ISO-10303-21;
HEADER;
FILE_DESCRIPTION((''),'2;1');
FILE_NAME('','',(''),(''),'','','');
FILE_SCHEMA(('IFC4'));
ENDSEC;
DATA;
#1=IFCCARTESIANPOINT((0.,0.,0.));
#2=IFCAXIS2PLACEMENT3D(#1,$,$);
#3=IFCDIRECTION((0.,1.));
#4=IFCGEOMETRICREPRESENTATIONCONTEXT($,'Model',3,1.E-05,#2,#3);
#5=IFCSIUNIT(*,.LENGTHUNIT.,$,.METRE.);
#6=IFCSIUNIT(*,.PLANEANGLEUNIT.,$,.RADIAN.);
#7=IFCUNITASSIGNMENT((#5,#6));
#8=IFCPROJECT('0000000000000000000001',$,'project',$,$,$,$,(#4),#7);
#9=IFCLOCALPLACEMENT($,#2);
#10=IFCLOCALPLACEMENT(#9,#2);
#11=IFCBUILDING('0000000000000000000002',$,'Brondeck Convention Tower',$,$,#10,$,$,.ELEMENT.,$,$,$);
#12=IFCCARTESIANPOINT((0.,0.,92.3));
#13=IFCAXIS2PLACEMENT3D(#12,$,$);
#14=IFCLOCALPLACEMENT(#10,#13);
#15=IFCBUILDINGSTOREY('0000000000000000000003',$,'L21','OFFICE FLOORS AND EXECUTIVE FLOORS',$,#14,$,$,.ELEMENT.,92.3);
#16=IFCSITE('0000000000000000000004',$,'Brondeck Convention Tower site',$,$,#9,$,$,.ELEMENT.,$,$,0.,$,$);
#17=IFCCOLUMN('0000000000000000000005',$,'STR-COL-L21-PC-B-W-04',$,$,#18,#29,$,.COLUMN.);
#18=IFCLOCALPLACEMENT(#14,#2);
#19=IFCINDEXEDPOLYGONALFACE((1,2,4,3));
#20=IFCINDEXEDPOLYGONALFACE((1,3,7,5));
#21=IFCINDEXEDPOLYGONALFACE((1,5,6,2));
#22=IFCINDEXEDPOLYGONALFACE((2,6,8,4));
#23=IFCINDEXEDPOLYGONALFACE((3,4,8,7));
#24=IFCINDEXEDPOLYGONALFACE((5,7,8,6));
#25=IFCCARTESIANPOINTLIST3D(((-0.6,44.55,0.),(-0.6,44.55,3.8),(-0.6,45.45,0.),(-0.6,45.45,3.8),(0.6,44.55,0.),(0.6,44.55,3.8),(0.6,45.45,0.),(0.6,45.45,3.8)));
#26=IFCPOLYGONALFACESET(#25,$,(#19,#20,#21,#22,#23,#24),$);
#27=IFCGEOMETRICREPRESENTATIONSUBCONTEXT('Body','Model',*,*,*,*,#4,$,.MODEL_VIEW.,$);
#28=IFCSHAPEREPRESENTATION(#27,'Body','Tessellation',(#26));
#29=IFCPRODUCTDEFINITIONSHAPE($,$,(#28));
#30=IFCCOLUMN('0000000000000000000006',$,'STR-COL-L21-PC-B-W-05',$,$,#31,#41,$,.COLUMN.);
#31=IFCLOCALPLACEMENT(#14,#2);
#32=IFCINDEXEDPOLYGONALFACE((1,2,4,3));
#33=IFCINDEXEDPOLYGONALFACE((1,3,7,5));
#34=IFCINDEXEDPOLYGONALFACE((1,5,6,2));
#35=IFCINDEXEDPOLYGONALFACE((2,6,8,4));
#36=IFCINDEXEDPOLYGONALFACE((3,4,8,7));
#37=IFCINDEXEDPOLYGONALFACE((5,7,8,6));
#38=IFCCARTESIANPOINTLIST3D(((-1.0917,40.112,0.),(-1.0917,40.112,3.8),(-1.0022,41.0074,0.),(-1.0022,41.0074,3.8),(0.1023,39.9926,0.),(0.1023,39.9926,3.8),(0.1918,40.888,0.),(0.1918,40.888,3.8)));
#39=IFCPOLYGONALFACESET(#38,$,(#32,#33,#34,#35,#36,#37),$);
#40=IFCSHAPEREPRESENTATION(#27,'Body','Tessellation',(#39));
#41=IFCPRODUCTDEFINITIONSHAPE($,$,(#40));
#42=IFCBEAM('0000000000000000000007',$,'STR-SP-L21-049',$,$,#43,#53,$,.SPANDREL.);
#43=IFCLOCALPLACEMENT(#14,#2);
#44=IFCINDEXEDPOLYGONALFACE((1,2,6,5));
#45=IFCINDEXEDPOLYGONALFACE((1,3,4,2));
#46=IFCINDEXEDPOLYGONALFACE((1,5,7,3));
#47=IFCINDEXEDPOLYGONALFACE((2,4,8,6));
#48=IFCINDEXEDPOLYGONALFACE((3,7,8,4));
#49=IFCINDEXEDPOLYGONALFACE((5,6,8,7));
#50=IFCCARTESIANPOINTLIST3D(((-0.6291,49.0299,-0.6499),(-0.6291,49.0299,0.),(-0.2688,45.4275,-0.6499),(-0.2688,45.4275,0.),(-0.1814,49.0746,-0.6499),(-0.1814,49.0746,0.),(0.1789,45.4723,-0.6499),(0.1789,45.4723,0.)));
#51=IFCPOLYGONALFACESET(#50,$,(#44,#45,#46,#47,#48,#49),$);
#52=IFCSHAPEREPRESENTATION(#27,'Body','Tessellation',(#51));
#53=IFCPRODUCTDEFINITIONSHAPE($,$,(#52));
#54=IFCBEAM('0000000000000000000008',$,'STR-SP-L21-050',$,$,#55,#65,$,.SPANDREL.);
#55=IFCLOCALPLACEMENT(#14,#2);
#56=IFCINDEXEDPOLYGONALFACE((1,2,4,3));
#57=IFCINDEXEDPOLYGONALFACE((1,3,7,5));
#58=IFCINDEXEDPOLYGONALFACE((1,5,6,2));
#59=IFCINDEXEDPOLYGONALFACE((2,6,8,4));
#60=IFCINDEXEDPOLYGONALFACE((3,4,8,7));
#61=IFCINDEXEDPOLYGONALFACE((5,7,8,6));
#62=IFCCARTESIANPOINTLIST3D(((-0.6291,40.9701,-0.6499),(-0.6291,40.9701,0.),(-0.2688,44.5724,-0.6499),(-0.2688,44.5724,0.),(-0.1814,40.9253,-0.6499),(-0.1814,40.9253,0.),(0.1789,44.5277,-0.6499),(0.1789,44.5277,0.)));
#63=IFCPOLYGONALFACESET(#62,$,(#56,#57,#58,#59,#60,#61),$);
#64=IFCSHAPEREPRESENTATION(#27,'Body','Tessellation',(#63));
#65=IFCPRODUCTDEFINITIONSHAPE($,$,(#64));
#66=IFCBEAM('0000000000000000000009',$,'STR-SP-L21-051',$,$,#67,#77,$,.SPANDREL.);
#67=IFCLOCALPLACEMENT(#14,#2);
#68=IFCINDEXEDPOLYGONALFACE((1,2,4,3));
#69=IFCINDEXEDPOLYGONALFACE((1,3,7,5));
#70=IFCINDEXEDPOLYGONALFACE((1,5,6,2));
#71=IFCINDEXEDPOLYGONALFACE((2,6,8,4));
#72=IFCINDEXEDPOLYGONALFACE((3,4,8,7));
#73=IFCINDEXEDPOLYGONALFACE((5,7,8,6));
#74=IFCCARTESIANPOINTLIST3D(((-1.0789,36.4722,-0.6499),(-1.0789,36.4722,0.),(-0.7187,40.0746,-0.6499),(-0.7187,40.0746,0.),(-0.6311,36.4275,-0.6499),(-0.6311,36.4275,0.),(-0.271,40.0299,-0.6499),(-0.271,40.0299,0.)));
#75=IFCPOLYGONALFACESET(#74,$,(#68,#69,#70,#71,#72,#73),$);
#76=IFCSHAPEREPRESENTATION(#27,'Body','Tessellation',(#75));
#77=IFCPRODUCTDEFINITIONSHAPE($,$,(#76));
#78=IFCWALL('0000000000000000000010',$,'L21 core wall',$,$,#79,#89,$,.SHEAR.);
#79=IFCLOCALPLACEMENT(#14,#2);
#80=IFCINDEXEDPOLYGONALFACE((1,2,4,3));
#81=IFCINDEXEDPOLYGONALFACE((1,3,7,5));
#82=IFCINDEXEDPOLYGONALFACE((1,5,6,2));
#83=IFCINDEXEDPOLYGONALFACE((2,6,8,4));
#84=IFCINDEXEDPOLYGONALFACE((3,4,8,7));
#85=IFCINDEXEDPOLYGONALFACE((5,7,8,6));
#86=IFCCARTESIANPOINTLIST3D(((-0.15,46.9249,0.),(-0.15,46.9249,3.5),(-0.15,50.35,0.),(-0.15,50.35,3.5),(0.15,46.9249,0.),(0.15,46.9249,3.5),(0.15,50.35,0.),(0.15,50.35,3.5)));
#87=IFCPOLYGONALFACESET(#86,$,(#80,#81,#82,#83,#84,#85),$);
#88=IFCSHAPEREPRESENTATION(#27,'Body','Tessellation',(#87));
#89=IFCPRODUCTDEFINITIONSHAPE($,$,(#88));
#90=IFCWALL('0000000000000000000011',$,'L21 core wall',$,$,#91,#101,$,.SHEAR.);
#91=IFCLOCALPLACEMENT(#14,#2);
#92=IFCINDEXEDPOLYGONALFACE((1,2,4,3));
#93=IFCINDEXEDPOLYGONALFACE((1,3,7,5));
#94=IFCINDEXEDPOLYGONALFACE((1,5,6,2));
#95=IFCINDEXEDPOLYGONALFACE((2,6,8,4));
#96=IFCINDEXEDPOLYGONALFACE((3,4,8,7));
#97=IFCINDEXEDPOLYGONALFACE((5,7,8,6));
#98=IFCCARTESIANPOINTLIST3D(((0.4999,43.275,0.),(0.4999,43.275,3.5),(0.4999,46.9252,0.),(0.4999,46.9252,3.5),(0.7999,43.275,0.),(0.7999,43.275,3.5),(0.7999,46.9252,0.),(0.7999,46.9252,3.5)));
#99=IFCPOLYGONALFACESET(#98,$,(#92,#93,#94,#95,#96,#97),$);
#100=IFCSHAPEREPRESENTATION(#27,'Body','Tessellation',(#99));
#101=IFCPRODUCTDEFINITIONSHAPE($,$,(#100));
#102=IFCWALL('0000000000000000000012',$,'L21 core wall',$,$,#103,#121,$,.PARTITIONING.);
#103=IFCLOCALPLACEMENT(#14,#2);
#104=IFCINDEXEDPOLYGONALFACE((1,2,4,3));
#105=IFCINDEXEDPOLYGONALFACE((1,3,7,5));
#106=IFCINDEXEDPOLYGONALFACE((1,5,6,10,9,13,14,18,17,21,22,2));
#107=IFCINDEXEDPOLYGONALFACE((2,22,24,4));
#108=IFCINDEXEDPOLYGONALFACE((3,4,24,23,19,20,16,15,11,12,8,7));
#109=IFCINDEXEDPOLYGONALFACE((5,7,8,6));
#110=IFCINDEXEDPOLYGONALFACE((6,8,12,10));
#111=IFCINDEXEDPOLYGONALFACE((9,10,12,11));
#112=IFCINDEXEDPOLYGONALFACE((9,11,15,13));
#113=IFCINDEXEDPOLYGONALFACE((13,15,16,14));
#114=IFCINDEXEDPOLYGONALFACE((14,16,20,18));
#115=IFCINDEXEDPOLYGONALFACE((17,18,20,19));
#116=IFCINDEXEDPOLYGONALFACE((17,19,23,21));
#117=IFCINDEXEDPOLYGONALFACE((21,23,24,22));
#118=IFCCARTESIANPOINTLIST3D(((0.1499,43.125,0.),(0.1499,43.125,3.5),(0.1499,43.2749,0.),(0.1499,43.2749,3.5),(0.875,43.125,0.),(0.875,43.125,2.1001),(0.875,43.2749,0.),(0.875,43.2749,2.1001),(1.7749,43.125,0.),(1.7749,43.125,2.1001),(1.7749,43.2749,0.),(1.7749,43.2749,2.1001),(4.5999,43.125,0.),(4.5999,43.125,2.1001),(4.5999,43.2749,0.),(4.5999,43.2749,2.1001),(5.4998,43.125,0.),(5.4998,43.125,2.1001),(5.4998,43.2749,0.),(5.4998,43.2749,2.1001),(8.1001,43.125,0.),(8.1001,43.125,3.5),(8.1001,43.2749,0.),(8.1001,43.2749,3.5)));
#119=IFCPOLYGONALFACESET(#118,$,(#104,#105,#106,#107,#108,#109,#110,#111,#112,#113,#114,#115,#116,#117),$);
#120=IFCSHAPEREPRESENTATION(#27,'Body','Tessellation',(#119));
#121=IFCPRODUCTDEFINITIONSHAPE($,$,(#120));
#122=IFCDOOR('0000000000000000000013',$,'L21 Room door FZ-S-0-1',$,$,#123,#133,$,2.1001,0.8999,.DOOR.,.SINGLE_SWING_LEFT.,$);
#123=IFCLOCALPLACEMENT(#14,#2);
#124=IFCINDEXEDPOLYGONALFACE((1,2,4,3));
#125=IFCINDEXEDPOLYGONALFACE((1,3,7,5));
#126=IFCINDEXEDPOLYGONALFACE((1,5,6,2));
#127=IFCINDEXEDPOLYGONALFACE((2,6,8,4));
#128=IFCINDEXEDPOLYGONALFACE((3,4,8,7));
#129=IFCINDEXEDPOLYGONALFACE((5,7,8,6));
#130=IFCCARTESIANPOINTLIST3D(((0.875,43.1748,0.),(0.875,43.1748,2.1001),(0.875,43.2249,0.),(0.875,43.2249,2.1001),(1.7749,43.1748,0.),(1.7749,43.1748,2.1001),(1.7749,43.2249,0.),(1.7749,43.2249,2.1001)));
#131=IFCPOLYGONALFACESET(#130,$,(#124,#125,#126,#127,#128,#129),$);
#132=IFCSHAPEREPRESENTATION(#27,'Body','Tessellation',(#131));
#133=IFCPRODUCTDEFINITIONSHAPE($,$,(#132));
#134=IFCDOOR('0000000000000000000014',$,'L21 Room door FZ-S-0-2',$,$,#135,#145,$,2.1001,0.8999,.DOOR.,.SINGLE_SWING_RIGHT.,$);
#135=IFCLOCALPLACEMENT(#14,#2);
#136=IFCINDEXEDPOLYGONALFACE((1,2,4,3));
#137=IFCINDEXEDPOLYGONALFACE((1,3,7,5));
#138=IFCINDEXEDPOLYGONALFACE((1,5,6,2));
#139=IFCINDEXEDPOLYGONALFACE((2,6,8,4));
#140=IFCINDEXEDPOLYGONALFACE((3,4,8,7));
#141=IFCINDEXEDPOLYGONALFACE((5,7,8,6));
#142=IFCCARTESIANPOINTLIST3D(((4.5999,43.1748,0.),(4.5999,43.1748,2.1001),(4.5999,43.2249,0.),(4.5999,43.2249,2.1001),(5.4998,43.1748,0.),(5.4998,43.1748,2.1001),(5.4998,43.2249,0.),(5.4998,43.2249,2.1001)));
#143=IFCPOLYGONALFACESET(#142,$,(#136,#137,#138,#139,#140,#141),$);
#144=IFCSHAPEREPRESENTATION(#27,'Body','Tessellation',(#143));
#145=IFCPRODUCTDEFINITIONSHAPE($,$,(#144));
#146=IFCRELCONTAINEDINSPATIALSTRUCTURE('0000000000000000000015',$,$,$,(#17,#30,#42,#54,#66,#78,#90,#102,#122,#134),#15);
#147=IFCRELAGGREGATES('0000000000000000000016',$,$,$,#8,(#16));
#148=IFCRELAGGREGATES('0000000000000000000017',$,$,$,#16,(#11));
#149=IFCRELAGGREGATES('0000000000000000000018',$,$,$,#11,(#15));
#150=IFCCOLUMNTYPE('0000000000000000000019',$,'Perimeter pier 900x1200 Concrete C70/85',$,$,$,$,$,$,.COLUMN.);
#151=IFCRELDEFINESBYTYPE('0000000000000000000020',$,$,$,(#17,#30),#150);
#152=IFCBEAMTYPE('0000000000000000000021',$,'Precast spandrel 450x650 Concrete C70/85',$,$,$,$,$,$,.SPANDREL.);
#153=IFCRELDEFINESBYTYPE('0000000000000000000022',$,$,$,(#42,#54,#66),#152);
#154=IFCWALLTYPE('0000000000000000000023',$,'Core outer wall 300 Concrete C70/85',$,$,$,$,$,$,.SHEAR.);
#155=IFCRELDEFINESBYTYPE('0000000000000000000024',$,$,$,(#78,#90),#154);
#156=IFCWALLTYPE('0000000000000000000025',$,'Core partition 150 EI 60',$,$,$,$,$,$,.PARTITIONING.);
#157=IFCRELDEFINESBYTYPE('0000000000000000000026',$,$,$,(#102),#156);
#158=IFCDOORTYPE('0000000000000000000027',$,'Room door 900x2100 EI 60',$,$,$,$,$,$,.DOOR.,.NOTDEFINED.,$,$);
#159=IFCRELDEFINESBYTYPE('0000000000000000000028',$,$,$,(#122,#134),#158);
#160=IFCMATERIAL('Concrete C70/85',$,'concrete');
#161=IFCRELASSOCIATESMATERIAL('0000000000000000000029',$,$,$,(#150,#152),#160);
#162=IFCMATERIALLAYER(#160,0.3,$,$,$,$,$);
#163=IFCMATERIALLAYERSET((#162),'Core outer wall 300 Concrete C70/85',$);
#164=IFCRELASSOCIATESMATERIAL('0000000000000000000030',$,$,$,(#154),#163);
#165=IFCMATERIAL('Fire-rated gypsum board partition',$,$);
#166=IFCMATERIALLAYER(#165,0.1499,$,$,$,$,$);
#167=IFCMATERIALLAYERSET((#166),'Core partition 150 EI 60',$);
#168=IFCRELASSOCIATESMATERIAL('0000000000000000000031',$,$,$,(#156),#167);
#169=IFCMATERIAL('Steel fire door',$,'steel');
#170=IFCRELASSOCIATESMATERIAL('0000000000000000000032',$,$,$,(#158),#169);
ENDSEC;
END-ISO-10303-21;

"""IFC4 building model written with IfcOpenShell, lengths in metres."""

from ifc_helpers import new_model, si_unit, direction, frame, frame_2d, origin, origin_2d, place, context, subcontext, project, spatial, rectangle, extrude, material, layer, layer_set, material_profile, profile_set, type_object, element, fill, save


model = new_model("IFC4")

# Units and contexts
model_context = context("Model", 3, precision=1e-05, world=origin(), true_north=direction((0.0, 1.0)))
body_context = subcontext(model_context, "Body", "Model", "MODEL_VIEW")
ifc_project = project(units=[si_unit("LENGTHUNIT", "METRE"), si_unit("PLANEANGLEUNIT", "RADIAN")], contexts=[model_context])

# Site, building, storey
site_placement = place(None, origin())
site = spatial("IfcSite", under=ifc_project, at=site_placement, Name="Brondeck Convention Tower site", CompositionType="ELEMENT", RefElevation=0.0)
building_placement = place(site_placement, origin())
building = spatial("IfcBuilding", under=site, at=building_placement, Name="Brondeck Convention Tower", CompositionType="ELEMENT")
storey_placement = place(building_placement, frame((0.0, 0.0, 92.3)))
storey = spatial("IfcBuildingStorey", under=building, at=storey_placement, Name="L21", Description="OFFICE FLOORS AND EXECUTIVE FLOORS", CompositionType="ELEMENT", Elevation=92.3)

# Columns
ifc_material_1 = material(Name="Concrete C70/85", Category="concrete")
ifc_material_profile_1 = material_profile(ifc_material_1, rectangle(XDim=0.8999, YDim=1.2, at=origin_2d()), Name="Perimeter pier 900x1200 Concrete C70/85")
ifc_profile_set_1 = profile_set([ifc_material_profile_1], Name="Concrete C70/85")
column_type = type_object("IfcColumnType", Name="Perimeter pier 900x1200 Concrete C70/85", PredefinedType="COLUMN", material=ifc_profile_set_1)
for number, where, z_axis, x_axis, name in (
    (1, (0.0, 45.0, 0.0), (0.0, 0.0, 1.0), (0.0, -1.0, 0.0), "STR-COL-L21-PC-B-W-04"),
    (2, (-0.45, 40.5, 0.0), (0.0, 0.0, 1.0), (-0.099504, -0.995037, 0.0), "STR-COL-L21-PC-B-W-05"),
):
    element("IfcColumn", number, at=place(storey_placement, frame(where, z_axis=z_axis, x_axis=x_axis)), inside=storey, type_object=column_type, Name=name, PredefinedType="COLUMN", context=body_context, shape_type="SweptSolid", body=[
        extrude(rectangle(XDim=0.8999, YDim=1.2, at=origin_2d()), origin(), (0.0, 0.0, 1.0), 3.8),
    ])

# Beams
ifc_material_profile_2 = material_profile(ifc_material_1, rectangle(XDim=0.45, YDim=0.6499, at=origin_2d()), Name="Precast spandrel 450x650 Concrete C70/85")
ifc_profile_set_2 = profile_set([ifc_material_profile_2], Name="Concrete C70/85")
beam_type = type_object("IfcBeamType", Name="Precast spandrel 450x650 Concrete C70/85", PredefinedType="SPANDREL", material=ifc_profile_set_2)
for number, where, z_axis, x_axis, name in (
    (3, (-0.4053, 49.0522, -0.325), (0.099537, -0.995034, 0.0), (0.995034, 0.099537, 0.0), "STR-SP-L21-049"),
    (4, (-0.0449, 44.55, -0.325), (-0.099537, -0.995034, 0.0), (0.995034, -0.099537, 0.0), "STR-SP-L21-050"),
    (5, (-0.4949, 40.0522, -0.325), (-0.09947, -0.995041, 0.0), (0.995041, -0.09947, 0.0), "STR-SP-L21-051"),
):
    element("IfcBeam", number, at=place(storey_placement, frame(where, z_axis=z_axis, x_axis=x_axis)), inside=storey, type_object=beam_type, Name=name, PredefinedType="SPANDREL", context=body_context, shape_type="SweptSolid", body=[
        extrude(rectangle(XDim=0.45, YDim=0.6499, at=origin_2d()), origin(), (0.0, 0.0, 1.0), 3.6204),
    ])

# Walls
ifc_layer_1 = layer(ifc_material_1, 0.3)
ifc_layer_set_1 = layer_set([ifc_layer_1], Name="Core outer wall 300 Concrete C70/85")
wall_type_1 = type_object("IfcWallType", Name="Core outer wall 300 Concrete C70/85", PredefinedType="SHEAR", material=ifc_layer_set_1)
wall_1_placement = place(storey_placement, frame((0.0, 46.925, 0.0), z_axis=(0.0, 0.0, 1.0), x_axis=(0.0, 1.0, 0.0)))
element("IfcWall", 6, at=wall_1_placement, inside=storey, type_object=wall_type_1, Name="L21 core wall", PredefinedType="SHEAR", context=body_context, shape_type="SweptSolid", body=[
    extrude(rectangle(XDim=3.425, YDim=0.3, at=frame_2d((1.7124, 0.0))), origin(), (0.0, 0.0, 1.0), 3.5),
])
wall_2_placement = place(storey_placement, frame((0.6499, 43.2749, 0.0), z_axis=(0.0, 0.0, 1.0), x_axis=(0.0, 1.0, 0.0)))
element("IfcWall", 7, at=wall_2_placement, inside=storey, type_object=wall_type_1, Name="L21 core wall", PredefinedType="SHEAR", context=body_context, shape_type="SweptSolid", body=[
    extrude(rectangle(XDim=3.6501, YDim=0.3, at=frame_2d((1.8252, 0.0))), origin(), (0.0, 0.0, 1.0), 3.5),
])

# Wall, openings, doors
ifc_material_2 = material(Name="Fire-rated gypsum board partition")
ifc_layer_2 = layer(ifc_material_2, 0.1499)
ifc_layer_set_2 = layer_set([ifc_layer_2], Name="Core partition 150 EI 60")
wall_type_2 = type_object("IfcWallType", Name="Core partition 150 EI 60", PredefinedType="PARTITIONING", material=ifc_layer_set_2)
wall_3_placement = place(storey_placement, frame((0.1499, 43.2, 0.0), z_axis=(0.0, 0.0, 1.0), x_axis=(1.0, 0.0, 0.0)))
wall_3 = element("IfcWall", 8, at=wall_3_placement, inside=storey, type_object=wall_type_2, Name="L21 core wall", PredefinedType="PARTITIONING", context=body_context, shape_type="SweptSolid", body=[
    extrude(rectangle(XDim=7.9502, YDim=0.1499, at=frame_2d((3.9751, 0.0))), origin(), (0.0, 0.0, 1.0), 3.5),
])
opening_1_placement = place(wall_3_placement, frame((0.7251, 0.0, 0.0)))
opening_1 = element("IfcOpeningElement", 9, at=opening_1_placement, cuts=wall_3, PredefinedType="OPENING", context=body_context, shape_type="SweptSolid", body=[
    extrude(rectangle(XDim=0.8999, YDim=2.1001, at=frame_2d((0.45, 1.05))), frame((0.0, 0.085, 0.0), z_axis=(0.0, -1.0, 0.0), x_axis=(1.0, 0.0, 0.0)), (0.0, 0.0, 1.0), 0.1699),
])
opening_2_placement = place(wall_3_placement, frame((4.45, 0.0, 0.0)))
opening_2 = element("IfcOpeningElement", 10, at=opening_2_placement, cuts=wall_3, PredefinedType="OPENING", context=body_context, shape_type="SweptSolid", body=[
    extrude(rectangle(XDim=0.8999, YDim=2.1001, at=frame_2d((0.45, 1.05))), frame((0.0, 0.085, 0.0), z_axis=(0.0, -1.0, 0.0), x_axis=(1.0, 0.0, 0.0)), (0.0, 0.0, 1.0), 0.1699),
])
ifc_material_3 = material(Name="Steel fire door", Category="steel")
door_type_1 = type_object("IfcDoorType", Name="Room door 900x2100 EI 60", OperationType="NOTDEFINED", PredefinedType="DOOR", material=ifc_material_3)
door_1_placement = place(opening_1_placement, origin())
door_1 = element("IfcDoor", 11, at=door_1_placement, inside=storey, type_object=door_type_1, Name="L21 Room door FZ-S-0-1", OperationType="SINGLE_SWING_LEFT", OverallHeight=2.1001, OverallWidth=0.8999, PredefinedType="DOOR", context=body_context, shape_type="SweptSolid", body=[
    extrude(rectangle(XDim=0.8999, YDim=2.1001, at=frame_2d((0.45, 1.05))), frame((0.0, 0.0249, 0.0), z_axis=(0.0, -1.0, 0.0), x_axis=(1.0, 0.0, 0.0)), (0.0, 0.0, 1.0), 0.05),
])
fill(opening_1, door_1)
door_2_placement = place(opening_2_placement, origin())
door_2 = element("IfcDoor", 12, at=door_2_placement, inside=storey, type_object=door_type_1, Name="L21 Room door FZ-S-0-2", OperationType="SINGLE_SWING_RIGHT", OverallHeight=2.1001, OverallWidth=0.8999, PredefinedType="DOOR", context=body_context, shape_type="SweptSolid", body=[
    extrude(rectangle(XDim=0.8999, YDim=2.1001, at=frame_2d((0.45, 1.05))), frame((0.0, 0.0249, 0.0), z_axis=(0.0, -1.0, 0.0), x_axis=(1.0, 0.0, 0.0)), (0.0, 0.0, 1.0), 0.05),
])
fill(opening_2, door_2)

save(model, "model.ifc")
